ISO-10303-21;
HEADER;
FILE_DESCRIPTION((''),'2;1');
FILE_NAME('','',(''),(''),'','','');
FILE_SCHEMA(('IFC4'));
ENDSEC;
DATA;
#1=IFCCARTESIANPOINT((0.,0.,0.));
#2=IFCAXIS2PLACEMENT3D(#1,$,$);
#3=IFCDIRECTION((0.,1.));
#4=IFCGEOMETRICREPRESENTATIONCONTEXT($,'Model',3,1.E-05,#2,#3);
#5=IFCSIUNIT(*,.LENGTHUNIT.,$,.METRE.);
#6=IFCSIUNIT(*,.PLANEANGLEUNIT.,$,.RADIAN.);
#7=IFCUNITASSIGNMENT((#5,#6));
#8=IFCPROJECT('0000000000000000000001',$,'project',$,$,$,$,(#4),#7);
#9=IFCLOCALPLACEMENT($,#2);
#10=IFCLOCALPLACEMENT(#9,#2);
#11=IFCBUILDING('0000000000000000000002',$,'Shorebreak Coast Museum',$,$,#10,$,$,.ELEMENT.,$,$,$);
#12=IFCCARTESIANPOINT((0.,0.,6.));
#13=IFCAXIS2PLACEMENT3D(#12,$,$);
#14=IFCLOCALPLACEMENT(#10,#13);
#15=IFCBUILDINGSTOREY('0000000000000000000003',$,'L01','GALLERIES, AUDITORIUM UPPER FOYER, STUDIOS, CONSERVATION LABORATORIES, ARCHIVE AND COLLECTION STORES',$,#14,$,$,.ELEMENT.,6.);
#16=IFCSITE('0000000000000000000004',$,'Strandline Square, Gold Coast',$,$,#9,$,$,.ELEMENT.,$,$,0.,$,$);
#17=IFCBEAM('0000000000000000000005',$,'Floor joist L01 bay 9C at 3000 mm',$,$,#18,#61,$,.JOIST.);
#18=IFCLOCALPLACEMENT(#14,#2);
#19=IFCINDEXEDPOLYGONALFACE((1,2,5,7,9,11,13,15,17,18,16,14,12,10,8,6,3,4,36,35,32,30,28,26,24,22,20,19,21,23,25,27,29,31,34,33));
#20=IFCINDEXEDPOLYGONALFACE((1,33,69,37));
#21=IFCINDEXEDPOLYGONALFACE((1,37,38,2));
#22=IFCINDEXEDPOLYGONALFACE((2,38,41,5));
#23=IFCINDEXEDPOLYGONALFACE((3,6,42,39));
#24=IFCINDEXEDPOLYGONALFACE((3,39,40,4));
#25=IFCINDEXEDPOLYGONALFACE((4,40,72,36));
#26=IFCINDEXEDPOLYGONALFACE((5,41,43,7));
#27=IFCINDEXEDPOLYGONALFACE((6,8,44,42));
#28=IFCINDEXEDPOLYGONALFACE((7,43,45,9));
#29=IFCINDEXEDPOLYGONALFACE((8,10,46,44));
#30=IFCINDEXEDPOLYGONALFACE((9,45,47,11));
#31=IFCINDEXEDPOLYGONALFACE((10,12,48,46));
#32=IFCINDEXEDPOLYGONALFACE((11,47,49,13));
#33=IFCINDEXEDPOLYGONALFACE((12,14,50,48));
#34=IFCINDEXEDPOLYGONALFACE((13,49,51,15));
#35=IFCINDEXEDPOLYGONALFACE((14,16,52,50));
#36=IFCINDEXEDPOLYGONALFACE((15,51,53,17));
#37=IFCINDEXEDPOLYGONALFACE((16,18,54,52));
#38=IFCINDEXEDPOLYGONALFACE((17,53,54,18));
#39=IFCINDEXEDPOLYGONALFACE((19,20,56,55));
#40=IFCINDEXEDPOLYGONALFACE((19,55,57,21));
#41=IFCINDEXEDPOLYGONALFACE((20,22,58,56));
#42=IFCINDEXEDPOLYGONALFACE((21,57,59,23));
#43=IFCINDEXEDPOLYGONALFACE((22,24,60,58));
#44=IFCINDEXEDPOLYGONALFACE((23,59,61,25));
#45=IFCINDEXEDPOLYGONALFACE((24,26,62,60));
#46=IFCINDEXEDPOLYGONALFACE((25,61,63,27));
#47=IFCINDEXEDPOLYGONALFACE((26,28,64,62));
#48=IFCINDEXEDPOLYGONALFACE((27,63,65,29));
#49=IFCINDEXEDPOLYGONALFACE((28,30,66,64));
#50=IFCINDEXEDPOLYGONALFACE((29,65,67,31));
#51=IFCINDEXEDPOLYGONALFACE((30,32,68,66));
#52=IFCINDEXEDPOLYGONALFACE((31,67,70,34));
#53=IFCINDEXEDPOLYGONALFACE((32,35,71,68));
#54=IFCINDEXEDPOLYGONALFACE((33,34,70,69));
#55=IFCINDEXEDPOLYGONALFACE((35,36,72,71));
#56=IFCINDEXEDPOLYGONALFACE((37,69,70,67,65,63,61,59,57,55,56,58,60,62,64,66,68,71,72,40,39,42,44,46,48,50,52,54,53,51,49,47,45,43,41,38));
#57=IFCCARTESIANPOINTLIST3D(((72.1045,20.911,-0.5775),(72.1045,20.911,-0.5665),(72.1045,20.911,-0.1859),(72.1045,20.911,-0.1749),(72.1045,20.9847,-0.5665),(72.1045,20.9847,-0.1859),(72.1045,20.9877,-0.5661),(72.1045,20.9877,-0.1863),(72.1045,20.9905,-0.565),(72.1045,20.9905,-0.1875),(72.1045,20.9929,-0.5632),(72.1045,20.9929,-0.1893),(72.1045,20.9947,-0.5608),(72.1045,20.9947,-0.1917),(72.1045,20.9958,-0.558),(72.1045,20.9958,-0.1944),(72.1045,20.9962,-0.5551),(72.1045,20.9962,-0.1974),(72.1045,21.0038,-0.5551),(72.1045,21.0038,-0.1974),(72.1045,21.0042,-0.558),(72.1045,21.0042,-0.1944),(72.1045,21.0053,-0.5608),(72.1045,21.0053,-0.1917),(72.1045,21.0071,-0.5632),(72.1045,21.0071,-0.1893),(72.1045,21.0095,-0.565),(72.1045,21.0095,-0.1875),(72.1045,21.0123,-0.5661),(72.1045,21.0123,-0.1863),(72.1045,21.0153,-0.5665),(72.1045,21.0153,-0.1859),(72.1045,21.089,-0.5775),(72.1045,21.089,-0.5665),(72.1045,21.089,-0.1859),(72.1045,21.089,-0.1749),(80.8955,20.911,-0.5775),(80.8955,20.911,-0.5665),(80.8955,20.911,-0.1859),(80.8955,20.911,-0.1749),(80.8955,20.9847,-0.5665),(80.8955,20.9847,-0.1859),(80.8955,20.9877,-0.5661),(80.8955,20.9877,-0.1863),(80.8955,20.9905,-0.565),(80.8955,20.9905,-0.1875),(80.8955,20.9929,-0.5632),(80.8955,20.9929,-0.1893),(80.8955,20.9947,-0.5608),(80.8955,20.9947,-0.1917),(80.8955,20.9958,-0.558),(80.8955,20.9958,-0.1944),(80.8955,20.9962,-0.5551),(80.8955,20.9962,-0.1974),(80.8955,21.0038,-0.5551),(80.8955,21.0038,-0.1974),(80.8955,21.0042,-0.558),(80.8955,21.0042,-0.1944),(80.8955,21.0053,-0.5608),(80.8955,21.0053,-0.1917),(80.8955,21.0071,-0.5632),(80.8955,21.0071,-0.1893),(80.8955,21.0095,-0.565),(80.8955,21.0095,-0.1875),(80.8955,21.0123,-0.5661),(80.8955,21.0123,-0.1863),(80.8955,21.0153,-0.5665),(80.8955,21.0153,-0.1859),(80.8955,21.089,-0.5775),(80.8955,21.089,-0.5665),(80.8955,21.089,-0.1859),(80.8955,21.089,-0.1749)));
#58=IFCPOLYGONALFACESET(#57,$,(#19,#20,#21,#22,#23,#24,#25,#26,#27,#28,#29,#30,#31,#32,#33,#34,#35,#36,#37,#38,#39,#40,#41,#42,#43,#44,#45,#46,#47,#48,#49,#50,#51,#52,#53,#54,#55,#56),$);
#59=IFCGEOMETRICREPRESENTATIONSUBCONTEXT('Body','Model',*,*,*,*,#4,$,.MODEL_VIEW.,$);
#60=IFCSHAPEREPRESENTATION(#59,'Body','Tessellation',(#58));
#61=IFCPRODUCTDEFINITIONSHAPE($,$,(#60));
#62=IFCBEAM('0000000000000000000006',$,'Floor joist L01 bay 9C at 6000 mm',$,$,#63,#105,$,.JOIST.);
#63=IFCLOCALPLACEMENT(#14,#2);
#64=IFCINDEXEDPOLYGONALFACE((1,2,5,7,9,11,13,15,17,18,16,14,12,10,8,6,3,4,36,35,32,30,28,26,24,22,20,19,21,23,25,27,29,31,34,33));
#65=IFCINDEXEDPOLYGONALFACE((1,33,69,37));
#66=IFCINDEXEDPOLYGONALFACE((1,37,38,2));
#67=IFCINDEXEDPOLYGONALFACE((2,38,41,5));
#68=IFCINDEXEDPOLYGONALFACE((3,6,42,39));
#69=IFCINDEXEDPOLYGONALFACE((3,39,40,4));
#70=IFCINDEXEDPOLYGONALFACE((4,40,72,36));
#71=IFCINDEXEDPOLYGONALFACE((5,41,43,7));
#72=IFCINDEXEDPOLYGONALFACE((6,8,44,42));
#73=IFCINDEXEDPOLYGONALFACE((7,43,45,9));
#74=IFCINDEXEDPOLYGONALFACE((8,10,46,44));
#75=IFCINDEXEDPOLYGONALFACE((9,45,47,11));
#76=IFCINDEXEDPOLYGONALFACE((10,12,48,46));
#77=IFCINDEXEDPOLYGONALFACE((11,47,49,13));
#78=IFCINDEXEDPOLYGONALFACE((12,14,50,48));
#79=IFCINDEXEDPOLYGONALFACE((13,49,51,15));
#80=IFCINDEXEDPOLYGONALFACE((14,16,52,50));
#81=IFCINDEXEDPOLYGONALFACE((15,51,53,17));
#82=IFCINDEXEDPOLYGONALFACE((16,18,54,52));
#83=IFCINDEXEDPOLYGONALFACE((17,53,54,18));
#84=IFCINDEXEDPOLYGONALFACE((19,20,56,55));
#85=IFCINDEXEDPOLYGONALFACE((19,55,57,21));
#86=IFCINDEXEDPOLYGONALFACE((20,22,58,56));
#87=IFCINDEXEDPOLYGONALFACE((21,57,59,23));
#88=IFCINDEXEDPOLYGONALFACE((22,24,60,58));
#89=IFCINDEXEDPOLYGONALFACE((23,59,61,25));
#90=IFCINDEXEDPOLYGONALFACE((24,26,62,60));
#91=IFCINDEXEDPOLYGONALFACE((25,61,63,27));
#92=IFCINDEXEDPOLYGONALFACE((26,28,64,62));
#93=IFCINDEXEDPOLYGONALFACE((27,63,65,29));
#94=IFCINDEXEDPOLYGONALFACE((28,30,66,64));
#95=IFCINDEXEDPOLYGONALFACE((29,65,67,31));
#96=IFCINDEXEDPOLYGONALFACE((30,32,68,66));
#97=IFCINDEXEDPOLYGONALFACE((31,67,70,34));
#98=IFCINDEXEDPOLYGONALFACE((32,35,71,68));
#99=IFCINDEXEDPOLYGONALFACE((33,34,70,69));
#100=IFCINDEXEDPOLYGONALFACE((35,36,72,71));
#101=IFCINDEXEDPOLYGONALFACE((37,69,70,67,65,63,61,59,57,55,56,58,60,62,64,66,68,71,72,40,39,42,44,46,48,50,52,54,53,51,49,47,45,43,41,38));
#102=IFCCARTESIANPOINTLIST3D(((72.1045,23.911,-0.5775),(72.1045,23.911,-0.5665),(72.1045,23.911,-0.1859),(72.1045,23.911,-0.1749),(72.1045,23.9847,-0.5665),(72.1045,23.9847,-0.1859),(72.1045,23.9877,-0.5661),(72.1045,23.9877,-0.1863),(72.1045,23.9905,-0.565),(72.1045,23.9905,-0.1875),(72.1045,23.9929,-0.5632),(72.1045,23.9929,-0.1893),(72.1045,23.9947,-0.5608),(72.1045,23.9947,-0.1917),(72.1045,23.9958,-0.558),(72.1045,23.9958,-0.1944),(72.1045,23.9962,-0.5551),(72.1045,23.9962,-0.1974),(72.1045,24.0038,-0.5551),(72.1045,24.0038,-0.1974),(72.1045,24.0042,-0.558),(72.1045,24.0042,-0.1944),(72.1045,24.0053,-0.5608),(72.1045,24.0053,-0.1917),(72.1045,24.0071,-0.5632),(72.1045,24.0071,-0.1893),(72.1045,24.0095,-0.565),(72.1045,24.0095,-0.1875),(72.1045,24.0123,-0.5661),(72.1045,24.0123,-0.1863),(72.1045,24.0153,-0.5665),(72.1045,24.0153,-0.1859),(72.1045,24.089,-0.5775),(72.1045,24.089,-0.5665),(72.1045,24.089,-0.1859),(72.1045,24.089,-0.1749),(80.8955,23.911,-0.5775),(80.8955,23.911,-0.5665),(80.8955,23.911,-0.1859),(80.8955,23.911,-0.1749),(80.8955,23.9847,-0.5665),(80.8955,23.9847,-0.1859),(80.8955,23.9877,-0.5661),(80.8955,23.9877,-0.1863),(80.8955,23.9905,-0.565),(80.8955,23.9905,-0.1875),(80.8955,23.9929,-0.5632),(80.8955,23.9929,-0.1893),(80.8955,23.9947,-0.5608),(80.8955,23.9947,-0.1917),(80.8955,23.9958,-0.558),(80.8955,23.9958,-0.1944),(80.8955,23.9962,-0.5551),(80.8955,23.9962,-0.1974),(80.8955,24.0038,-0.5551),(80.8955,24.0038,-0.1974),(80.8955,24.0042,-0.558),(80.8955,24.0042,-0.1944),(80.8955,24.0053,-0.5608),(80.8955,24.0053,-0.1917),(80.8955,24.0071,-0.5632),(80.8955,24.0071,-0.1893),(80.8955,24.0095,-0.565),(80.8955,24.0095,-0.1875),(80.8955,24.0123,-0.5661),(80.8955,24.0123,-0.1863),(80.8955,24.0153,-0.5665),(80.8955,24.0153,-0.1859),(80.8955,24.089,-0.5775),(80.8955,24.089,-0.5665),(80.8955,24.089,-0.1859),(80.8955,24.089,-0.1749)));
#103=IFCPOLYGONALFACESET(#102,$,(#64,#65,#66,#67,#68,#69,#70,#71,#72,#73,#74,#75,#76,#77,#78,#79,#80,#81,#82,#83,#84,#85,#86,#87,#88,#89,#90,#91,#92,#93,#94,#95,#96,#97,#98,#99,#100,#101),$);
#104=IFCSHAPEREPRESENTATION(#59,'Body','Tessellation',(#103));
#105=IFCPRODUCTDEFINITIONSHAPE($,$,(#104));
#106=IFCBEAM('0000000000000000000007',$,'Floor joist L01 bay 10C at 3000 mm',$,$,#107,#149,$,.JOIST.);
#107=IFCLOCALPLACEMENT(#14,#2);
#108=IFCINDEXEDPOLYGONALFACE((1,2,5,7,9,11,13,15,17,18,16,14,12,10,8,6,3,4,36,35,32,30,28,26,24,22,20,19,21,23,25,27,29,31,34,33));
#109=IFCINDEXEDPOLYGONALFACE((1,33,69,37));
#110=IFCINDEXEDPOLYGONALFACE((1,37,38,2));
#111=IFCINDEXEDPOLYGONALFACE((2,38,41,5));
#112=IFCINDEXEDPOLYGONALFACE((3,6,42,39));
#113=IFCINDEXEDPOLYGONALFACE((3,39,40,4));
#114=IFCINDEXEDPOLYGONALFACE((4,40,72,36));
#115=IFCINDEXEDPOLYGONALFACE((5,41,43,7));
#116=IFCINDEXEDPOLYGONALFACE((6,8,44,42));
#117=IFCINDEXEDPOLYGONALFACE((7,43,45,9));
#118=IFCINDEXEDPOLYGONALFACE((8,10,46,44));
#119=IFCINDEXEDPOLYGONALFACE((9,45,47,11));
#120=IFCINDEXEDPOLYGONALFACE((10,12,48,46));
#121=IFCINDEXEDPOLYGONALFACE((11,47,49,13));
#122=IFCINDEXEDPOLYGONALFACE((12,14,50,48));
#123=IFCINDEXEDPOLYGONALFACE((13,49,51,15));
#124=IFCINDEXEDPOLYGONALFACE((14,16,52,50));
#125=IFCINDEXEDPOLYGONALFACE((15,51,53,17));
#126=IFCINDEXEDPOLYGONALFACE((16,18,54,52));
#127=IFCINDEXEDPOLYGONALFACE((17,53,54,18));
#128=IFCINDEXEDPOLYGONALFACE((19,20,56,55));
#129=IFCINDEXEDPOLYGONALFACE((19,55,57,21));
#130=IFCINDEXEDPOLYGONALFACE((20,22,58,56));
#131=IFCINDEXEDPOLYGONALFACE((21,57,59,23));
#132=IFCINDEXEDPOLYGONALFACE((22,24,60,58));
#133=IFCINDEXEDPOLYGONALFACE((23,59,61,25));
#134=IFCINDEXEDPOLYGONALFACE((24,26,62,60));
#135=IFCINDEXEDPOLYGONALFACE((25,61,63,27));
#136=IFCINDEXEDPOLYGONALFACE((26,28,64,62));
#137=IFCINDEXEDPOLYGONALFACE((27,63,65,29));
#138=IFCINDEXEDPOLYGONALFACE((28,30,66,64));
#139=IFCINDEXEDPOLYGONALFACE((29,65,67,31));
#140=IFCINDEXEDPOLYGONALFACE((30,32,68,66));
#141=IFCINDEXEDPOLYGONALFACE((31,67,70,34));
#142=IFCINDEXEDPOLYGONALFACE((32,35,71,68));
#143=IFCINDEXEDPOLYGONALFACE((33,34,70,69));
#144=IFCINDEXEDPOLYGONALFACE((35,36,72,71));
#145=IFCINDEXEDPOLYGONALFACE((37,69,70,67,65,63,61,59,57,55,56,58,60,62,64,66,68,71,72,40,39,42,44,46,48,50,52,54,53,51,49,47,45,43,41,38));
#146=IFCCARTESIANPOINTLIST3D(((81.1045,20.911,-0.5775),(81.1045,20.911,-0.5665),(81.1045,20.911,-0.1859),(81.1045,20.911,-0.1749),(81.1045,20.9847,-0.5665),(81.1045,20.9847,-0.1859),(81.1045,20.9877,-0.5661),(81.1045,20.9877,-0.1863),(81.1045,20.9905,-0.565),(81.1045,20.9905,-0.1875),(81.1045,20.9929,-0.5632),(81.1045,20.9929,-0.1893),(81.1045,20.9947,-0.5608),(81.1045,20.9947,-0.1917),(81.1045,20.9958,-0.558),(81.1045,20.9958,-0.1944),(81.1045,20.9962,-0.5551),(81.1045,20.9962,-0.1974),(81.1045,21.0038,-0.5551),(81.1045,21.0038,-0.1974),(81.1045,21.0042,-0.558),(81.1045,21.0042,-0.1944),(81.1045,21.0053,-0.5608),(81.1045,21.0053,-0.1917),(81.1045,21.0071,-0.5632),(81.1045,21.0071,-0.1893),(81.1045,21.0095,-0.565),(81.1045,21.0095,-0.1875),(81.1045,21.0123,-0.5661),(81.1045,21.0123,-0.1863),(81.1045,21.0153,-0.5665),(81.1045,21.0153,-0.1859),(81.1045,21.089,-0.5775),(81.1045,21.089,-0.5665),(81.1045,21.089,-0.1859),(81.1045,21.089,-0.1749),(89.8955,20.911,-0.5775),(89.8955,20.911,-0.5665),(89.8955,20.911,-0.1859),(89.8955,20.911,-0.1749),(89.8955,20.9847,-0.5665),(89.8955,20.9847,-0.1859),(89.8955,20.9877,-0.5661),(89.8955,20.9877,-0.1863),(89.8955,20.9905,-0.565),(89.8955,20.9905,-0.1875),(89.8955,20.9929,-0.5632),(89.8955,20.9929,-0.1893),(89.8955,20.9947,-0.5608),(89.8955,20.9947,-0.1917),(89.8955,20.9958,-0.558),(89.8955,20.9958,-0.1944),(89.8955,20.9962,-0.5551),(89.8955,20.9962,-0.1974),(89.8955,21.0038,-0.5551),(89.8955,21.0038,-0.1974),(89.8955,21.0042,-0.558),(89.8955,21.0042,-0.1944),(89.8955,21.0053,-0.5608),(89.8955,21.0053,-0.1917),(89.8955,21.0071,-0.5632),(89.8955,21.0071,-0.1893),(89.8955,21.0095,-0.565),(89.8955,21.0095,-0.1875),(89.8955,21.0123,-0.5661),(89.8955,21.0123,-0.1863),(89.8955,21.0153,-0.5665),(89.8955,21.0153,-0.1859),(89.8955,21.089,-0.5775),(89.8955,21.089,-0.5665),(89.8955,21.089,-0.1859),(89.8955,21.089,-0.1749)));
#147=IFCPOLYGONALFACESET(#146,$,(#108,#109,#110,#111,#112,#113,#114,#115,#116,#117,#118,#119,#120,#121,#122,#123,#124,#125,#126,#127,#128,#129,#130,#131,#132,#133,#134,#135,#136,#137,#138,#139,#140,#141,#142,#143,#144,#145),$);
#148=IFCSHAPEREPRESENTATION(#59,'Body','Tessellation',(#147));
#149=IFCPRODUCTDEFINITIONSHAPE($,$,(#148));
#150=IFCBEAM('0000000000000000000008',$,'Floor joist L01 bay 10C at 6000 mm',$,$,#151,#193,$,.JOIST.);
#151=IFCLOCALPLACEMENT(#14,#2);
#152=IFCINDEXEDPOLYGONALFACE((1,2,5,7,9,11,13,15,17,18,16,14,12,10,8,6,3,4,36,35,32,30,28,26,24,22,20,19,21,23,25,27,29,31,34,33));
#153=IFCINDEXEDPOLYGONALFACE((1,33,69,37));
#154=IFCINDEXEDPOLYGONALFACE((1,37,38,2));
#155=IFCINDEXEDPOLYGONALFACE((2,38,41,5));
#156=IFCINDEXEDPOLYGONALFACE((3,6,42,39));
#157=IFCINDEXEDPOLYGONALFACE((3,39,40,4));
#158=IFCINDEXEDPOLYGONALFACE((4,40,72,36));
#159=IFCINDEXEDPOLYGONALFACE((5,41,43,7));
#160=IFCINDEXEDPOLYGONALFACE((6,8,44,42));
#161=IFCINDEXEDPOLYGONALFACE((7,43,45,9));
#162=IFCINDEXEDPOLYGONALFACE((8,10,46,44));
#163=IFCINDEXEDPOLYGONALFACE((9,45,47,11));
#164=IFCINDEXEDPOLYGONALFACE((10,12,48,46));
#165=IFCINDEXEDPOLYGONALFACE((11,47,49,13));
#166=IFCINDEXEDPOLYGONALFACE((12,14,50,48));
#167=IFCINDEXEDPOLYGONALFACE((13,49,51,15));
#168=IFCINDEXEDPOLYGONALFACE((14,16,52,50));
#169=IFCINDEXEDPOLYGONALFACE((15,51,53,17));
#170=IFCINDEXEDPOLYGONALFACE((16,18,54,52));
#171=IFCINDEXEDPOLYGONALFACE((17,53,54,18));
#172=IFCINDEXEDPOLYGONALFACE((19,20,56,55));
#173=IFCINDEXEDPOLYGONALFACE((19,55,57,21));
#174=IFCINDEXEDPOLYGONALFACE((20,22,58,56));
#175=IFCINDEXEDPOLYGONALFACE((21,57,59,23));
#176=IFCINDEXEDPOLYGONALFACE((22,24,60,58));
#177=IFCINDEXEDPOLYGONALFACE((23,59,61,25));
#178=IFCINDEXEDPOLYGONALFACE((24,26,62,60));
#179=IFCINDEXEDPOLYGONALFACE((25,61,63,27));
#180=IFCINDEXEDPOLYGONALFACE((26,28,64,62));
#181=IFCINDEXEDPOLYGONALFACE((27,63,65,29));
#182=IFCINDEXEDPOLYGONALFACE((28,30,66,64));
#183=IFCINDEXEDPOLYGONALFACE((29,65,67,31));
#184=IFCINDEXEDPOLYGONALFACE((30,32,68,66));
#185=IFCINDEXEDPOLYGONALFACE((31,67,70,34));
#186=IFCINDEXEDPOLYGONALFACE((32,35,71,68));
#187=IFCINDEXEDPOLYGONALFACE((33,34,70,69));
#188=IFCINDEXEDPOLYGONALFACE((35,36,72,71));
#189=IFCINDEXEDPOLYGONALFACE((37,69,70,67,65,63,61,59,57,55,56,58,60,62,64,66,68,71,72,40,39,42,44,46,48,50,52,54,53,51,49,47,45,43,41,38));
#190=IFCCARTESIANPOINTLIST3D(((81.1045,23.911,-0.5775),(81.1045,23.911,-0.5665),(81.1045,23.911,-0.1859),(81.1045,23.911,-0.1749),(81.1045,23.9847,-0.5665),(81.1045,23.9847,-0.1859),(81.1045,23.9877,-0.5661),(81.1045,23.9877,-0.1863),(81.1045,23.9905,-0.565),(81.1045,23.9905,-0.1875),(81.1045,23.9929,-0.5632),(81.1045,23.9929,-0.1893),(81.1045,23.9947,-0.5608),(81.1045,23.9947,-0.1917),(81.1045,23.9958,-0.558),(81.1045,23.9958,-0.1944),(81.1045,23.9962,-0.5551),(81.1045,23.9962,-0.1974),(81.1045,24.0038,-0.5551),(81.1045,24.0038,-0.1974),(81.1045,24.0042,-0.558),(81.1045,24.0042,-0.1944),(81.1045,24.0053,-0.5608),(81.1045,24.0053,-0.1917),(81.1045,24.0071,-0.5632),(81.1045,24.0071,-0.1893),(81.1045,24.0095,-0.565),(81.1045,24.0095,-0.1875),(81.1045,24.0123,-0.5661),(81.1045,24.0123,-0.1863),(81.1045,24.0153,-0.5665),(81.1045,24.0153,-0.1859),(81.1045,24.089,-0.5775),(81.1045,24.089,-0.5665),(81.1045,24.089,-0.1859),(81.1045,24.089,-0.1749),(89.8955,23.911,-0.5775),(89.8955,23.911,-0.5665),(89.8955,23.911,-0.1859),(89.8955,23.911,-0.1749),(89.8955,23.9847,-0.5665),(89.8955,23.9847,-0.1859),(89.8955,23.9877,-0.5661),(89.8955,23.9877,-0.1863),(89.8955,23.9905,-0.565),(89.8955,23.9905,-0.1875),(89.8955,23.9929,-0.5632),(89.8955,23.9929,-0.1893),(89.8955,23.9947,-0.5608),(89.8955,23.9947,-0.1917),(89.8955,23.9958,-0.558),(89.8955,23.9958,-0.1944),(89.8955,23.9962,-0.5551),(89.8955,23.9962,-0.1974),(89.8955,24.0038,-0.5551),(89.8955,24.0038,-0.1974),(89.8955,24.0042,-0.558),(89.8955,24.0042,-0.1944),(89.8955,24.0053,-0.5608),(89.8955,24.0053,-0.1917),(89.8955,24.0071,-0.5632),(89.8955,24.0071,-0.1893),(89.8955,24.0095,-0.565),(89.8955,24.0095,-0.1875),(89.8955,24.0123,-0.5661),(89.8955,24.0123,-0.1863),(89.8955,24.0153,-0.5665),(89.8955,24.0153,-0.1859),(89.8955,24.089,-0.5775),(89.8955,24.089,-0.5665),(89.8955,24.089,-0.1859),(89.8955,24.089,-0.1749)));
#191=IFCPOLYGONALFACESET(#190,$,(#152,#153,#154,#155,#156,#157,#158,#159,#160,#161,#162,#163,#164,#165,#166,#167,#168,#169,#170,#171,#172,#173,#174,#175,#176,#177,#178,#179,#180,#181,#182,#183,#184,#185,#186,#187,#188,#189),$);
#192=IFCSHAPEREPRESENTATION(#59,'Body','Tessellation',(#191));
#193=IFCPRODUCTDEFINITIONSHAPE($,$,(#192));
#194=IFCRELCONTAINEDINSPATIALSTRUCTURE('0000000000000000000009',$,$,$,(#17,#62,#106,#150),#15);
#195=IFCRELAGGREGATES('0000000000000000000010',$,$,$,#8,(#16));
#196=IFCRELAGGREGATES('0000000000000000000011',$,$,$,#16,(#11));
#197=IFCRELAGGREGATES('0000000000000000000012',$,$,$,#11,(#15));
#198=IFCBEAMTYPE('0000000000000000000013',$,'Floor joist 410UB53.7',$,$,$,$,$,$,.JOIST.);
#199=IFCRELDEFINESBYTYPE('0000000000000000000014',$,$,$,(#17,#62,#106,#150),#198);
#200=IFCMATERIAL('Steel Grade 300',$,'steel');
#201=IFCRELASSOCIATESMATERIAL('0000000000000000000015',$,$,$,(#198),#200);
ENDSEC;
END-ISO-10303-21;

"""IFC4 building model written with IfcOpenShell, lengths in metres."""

from ifc_helpers import new_model, si_unit, direction, frame, origin, origin_2d, place, context, subcontext, project, spatial, i_section, extrude, material, material_profile, profile_set, type_object, element, save


model = new_model("IFC4")

# Units and contexts
model_context = context("Model", 3, precision=1e-05, world=origin(), true_north=direction((0.0, 1.0)))
body_context = subcontext(model_context, "Body", "Model", "MODEL_VIEW")
ifc_project = project(units=[si_unit("LENGTHUNIT", "METRE"), si_unit("PLANEANGLEUNIT", "RADIAN")], contexts=[model_context])

# Site, building, storey
site_placement = place(None, origin())
site = spatial("IfcSite", under=ifc_project, at=site_placement, Name="Strandline Square, Gold Coast", CompositionType="ELEMENT", RefElevation=0.0)
building_placement = place(site_placement, origin())
building = spatial("IfcBuilding", under=site, at=building_placement, Name="Shorebreak Coast Museum", CompositionType="ELEMENT")
storey_placement = place(building_placement, frame((0.0, 0.0, 6.0)))
storey = spatial("IfcBuildingStorey", under=building, at=storey_placement, Name="L01", Description="GALLERIES, AUDITORIUM UPPER FOYER, STUDIOS, CONSERVATION LABORATORIES, ARCHIVE AND COLLECTION STORES", CompositionType="ELEMENT", Elevation=6.0)

# Beams
ifc_material_1 = material(Name="Steel Grade 300", Category="steel")
ifc_material_profile_1 = material_profile(ifc_material_1, i_section(OverallWidth=0.178, OverallDepth=0.4026, WebThickness=0.0076, FlangeThickness=0.011, FilletRadius=0.0115, at=origin_2d()), Name="410UB53.7")
ifc_profile_set_1 = profile_set([ifc_material_profile_1], Name="Steel Grade 300")
beam_type_1 = type_object("IfcBeamType", Name="Floor joist 410UB53.7", PredefinedType="JOIST", material=ifc_profile_set_1)
for number, where, z_axis, x_axis, name in (
    (1, (72.1045, 21.0, -0.3762), (1.0, 0.0, 0.0), (0.0, 1.0, 0.0), "Floor joist L01 bay 9C at 3000 mm"),
    (2, (72.1045, 24.0, -0.3762), (1.0, 0.0, 0.0), (0.0, 1.0, 0.0), "Floor joist L01 bay 9C at 6000 mm"),
    (3, (81.1045, 21.0, -0.3762), (1.0, 0.0, 0.0), (0.0, 1.0, 0.0), "Floor joist L01 bay 10C at 3000 mm"),
    (4, (81.1045, 24.0, -0.3762), (1.0, 0.0, 0.0), (0.0, 1.0, 0.0), "Floor joist L01 bay 10C at 6000 mm"),
):
    element("IfcBeam", number, at=place(storey_placement, frame(where, z_axis=z_axis, x_axis=x_axis)), inside=storey, type_object=beam_type_1, Name=name, PredefinedType="JOIST", context=body_context, shape_type="SweptSolid", body=[
        extrude(i_section(OverallWidth=0.178, OverallDepth=0.4026, WebThickness=0.0076, FlangeThickness=0.011, FilletRadius=0.0115, at=origin_2d()), origin(), (0.0, 0.0, 1.0), 8.791),
    ])

save(model, "model.ifc")
